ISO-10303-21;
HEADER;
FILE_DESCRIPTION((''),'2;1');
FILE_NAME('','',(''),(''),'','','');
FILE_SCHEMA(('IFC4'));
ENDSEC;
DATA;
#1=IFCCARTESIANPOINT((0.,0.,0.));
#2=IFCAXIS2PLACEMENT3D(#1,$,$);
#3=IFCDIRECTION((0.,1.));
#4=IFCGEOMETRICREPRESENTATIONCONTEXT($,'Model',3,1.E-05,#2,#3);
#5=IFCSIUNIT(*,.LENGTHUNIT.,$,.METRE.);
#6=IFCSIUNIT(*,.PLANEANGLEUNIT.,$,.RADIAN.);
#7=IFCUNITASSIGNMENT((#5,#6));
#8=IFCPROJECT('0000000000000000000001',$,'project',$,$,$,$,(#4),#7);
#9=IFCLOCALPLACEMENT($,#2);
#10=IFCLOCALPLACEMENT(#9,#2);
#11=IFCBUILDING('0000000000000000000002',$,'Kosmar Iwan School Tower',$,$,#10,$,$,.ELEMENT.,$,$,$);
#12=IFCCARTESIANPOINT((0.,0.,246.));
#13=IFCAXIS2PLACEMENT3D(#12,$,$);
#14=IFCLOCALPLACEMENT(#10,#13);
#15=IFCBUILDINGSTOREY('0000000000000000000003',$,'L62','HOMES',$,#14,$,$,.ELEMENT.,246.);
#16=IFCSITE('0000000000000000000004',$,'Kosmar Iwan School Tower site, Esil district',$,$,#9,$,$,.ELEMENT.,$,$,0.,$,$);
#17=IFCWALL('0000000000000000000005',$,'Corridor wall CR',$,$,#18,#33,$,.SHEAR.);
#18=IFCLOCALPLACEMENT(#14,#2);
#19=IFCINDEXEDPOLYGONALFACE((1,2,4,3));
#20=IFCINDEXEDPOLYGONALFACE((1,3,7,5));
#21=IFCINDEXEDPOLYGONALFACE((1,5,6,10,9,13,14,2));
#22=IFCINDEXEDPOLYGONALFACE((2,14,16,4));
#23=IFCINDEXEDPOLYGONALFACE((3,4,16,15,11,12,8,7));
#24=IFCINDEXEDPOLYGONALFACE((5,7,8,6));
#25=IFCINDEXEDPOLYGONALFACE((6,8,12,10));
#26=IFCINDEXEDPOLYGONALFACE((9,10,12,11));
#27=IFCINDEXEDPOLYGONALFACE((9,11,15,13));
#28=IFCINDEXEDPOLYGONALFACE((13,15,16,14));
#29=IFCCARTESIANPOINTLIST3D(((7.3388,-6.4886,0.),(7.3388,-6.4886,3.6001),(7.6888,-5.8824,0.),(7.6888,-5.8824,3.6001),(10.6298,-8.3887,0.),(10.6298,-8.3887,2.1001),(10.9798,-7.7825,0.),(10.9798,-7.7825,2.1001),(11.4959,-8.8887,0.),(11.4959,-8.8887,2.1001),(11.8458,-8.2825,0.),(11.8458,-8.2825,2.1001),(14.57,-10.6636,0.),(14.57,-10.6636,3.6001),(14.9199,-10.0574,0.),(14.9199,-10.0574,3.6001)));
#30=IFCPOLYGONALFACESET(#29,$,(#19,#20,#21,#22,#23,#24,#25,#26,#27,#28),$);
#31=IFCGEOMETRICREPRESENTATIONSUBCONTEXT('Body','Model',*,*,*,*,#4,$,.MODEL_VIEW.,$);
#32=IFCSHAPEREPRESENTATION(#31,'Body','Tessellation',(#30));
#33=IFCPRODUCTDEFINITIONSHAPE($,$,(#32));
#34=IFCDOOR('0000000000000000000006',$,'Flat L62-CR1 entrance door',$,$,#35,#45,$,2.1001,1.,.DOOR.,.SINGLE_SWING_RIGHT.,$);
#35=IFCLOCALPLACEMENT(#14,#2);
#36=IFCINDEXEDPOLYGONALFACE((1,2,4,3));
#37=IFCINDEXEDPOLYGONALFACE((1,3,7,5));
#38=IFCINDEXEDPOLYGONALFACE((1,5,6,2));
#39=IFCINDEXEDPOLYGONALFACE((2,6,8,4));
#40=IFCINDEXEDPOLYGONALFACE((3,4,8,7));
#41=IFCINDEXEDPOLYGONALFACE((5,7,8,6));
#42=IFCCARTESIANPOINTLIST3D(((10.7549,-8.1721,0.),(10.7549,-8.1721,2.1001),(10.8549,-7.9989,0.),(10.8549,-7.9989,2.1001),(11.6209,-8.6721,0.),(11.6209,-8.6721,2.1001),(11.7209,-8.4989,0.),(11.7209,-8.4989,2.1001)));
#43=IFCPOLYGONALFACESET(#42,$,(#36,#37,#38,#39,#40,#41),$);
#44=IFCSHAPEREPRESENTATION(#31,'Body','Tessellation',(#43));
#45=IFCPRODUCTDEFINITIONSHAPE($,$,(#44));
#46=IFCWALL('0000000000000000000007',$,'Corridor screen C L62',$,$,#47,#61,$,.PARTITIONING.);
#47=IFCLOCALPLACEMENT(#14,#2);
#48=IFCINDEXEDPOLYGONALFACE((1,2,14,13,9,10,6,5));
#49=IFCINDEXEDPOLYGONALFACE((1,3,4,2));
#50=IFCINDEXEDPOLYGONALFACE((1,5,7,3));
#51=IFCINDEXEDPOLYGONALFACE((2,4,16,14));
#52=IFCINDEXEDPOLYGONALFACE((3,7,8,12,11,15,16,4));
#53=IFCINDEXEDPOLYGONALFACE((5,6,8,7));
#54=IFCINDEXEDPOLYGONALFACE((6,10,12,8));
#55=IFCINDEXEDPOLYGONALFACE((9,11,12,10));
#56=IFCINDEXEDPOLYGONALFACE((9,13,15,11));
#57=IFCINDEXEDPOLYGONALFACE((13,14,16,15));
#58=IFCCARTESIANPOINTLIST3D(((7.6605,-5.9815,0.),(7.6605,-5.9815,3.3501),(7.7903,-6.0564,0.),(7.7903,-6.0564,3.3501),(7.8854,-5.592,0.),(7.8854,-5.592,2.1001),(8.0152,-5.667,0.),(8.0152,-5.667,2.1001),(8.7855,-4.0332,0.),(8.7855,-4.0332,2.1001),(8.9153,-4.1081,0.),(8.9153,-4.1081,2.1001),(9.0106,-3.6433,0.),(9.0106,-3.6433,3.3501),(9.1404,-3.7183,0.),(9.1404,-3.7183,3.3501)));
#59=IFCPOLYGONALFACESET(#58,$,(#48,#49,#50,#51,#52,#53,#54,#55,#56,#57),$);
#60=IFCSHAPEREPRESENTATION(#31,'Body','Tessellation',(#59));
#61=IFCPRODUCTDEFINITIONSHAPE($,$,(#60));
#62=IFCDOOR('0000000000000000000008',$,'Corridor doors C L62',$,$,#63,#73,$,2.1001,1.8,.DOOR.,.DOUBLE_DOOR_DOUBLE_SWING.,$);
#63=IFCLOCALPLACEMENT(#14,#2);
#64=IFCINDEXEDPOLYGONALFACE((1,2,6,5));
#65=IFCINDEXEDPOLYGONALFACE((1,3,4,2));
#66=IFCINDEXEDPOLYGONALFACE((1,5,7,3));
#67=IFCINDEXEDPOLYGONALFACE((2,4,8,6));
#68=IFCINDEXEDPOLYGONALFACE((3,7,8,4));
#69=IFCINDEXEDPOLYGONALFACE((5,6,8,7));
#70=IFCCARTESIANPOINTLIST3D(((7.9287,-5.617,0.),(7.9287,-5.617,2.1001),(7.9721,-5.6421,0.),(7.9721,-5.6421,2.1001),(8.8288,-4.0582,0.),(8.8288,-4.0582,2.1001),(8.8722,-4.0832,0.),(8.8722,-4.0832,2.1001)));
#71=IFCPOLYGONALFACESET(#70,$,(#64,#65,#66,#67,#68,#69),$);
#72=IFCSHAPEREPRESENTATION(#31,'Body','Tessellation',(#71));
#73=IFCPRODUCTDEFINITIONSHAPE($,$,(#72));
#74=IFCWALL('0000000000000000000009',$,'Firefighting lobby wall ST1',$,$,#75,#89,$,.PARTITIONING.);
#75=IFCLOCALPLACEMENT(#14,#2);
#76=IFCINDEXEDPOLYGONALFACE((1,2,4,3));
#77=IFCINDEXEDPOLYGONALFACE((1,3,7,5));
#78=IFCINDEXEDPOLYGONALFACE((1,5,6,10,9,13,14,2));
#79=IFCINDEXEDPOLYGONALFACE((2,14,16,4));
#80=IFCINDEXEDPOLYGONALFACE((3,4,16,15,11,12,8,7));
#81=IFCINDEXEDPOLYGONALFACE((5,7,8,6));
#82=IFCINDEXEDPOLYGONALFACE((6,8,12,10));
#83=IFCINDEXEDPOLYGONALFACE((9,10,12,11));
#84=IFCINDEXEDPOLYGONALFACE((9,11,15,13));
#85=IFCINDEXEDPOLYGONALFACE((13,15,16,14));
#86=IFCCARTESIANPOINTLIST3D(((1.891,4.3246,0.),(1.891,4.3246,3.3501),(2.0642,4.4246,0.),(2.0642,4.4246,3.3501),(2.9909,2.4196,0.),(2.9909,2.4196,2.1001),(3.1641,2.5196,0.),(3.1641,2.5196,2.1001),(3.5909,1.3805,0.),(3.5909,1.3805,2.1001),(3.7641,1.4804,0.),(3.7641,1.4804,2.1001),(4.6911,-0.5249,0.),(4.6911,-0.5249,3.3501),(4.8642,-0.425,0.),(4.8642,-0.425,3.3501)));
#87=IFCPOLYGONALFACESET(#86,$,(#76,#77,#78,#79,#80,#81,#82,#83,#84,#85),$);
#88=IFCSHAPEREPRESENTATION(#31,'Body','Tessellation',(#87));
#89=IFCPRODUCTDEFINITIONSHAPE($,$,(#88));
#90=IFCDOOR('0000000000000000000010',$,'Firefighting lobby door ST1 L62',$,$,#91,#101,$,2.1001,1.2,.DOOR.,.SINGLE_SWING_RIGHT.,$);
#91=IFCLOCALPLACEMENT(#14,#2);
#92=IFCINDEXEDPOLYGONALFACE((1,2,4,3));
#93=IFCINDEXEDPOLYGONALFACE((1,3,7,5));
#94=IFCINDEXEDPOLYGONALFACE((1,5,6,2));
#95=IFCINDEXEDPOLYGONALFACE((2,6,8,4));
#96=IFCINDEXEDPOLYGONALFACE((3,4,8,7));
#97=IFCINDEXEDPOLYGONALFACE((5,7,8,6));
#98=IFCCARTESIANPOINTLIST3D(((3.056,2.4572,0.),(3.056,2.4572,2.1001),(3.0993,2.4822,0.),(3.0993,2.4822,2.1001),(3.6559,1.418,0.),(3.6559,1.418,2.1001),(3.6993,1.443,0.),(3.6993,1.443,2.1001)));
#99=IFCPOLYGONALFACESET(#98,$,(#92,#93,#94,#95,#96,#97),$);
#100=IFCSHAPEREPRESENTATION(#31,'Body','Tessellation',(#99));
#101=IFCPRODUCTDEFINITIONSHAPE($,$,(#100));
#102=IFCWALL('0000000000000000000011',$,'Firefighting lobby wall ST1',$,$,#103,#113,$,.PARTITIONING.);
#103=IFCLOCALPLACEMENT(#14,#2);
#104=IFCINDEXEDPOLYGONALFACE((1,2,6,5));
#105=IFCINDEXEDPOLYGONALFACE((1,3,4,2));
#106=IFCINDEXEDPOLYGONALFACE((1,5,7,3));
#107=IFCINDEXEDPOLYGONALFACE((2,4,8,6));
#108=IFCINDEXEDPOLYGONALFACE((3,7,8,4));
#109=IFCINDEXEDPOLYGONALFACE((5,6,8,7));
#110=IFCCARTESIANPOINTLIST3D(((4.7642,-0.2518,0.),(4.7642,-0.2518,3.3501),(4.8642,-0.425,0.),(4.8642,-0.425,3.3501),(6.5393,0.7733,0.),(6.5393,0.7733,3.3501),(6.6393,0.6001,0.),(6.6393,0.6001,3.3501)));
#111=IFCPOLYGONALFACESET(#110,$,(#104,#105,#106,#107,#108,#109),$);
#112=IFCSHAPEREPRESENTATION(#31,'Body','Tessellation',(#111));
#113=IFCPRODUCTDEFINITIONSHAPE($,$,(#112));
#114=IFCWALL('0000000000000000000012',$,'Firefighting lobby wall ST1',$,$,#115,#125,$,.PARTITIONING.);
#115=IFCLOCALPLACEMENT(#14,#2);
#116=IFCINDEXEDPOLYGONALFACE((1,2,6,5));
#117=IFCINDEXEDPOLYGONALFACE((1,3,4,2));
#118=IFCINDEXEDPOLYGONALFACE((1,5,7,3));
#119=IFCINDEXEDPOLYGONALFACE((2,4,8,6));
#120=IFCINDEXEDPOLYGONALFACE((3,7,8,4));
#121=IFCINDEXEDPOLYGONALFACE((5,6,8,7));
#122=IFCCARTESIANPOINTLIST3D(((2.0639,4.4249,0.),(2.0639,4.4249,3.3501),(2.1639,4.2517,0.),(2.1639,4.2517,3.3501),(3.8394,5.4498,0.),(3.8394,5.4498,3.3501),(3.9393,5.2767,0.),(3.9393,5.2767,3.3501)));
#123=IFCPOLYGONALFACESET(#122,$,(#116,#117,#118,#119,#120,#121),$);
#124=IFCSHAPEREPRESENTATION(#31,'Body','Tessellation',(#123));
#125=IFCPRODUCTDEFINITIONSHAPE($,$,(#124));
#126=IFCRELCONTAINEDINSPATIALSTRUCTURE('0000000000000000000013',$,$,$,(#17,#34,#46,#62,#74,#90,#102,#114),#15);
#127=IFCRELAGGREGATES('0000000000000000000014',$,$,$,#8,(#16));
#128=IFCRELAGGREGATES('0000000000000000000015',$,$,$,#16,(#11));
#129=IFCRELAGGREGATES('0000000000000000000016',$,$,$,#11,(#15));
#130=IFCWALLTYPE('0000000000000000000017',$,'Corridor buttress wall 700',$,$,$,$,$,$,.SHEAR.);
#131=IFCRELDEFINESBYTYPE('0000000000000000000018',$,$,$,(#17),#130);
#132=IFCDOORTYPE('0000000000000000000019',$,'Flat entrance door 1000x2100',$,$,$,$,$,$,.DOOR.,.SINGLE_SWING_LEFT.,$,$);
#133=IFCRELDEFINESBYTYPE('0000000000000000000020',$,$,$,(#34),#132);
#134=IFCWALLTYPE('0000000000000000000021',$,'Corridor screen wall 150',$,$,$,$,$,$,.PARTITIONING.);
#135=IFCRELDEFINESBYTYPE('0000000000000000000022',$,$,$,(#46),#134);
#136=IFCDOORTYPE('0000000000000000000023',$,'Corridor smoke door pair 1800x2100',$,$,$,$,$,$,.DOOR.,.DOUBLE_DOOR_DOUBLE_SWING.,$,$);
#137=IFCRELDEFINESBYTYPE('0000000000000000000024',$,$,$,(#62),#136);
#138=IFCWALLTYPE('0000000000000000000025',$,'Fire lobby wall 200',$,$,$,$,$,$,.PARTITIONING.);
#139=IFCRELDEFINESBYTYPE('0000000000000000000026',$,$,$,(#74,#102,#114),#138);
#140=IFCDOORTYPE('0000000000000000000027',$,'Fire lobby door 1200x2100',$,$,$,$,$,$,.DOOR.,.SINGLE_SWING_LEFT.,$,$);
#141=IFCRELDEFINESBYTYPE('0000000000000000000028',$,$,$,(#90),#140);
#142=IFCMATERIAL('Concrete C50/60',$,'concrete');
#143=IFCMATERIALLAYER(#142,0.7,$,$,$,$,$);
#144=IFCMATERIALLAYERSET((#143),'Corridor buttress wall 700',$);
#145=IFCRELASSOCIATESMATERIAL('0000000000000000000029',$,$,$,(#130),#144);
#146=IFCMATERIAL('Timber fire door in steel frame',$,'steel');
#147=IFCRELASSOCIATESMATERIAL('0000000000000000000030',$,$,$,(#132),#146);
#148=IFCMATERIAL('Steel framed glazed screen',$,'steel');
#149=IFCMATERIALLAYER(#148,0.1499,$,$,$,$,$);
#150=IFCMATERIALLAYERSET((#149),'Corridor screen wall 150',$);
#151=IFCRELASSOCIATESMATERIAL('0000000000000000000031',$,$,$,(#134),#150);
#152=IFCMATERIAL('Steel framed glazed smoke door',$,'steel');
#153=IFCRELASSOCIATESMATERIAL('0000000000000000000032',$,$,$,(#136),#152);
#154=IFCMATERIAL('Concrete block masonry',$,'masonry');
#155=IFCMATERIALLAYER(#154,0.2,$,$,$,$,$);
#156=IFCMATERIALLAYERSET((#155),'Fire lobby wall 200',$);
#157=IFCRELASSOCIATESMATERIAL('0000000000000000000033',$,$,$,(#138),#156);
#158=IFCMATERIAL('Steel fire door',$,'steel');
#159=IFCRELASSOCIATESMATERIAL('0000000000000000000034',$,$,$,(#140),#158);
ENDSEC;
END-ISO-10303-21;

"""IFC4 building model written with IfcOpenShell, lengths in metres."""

from ifc_helpers import new_model, si_unit, direction, frame, frame_2d, origin, place, context, subcontext, project, spatial, rectangle, extrude, material, layer, layer_set, type_object, element, fill, save


model = new_model("IFC4")

# Units and contexts
model_context = context("Model", 3, precision=1e-05, world=origin(), true_north=direction((0.0, 1.0)))
body_context = subcontext(model_context, "Body", "Model", "MODEL_VIEW")
ifc_project = project(units=[si_unit("LENGTHUNIT", "METRE"), si_unit("PLANEANGLEUNIT", "RADIAN")], contexts=[model_context])

# Site, building, storey
site_placement = place(None, origin())
site = spatial("IfcSite", under=ifc_project, at=site_placement, Name="Kosmar Iwan School Tower site, Esil district", CompositionType="ELEMENT", RefElevation=0.0)
building_placement = place(site_placement, origin())
building = spatial("IfcBuilding", under=site, at=building_placement, Name="Kosmar Iwan School Tower", CompositionType="ELEMENT")
storey_placement = place(building_placement, frame((0.0, 0.0, 246.0)))
storey = spatial("IfcBuildingStorey", under=building, at=storey_placement, Name="L62", Description="HOMES", CompositionType="ELEMENT", Elevation=246.0)

# Walls, openings, doors
ifc_material_1 = material(Name="Concrete C50/60", Category="concrete")
ifc_layer_1 = layer(ifc_material_1, 0.7)
ifc_layer_set_1 = layer_set([ifc_layer_1], Name="Corridor buttress wall 700")
wall_type_1 = type_object("IfcWallType", Name="Corridor buttress wall 700", PredefinedType="SHEAR", material=ifc_layer_set_1)
wall_1_placement = place(storey_placement, frame((7.5139, -6.1855, 0.0), z_axis=(0.0, 0.0, 1.0), x_axis=(0.86602, -0.50001, 0.0)))
wall_1 = element("IfcWall", 1, at=wall_1_placement, inside=storey, type_object=wall_type_1, Name="Corridor wall CR", PredefinedType="SHEAR", context=body_context, shape_type="SweptSolid", body=[
    extrude(rectangle(XDim=8.3499, YDim=0.7, at=frame_2d((4.1748, 0.0))), origin(), (0.0, 0.0, 1.0), 3.6001),
])
opening_1_placement = place(wall_1_placement, frame((3.8, 0.0, 0.0)))
opening_1 = element("IfcOpeningElement", 2, at=opening_1_placement, cuts=wall_1, PredefinedType="OPENING", context=body_context, shape_type="SweptSolid", body=[
    extrude(rectangle(XDim=1.0, YDim=2.1001, at=frame_2d((0.5, 1.05))), frame((0.0, 0.3621, 0.0), z_axis=(0.0, -1.0, 0.0), x_axis=(1.0, 0.0, 0.0)), (0.0, 0.0, 1.0), 0.7239),
])
ifc_material_2 = material(Name="Timber fire door in steel frame", Category="steel")
door_type_1 = type_object("IfcDoorType", Name="Flat entrance door 1000x2100", OperationType="SINGLE_SWING_LEFT", PredefinedType="DOOR", material=ifc_material_2)
door_1_placement = place(opening_1_placement, origin())
door_1 = element("IfcDoor", 3, at=door_1_placement, inside=storey, type_object=door_type_1, Name="Flat L62-CR1 entrance door", OperationType="SINGLE_SWING_RIGHT", OverallHeight=2.1001, OverallWidth=1.0, PredefinedType="DOOR", context=body_context, shape_type="SweptSolid", body=[
    extrude(rectangle(XDim=1.0, YDim=2.1001, at=frame_2d((0.5, 1.05))), frame((0.0, 0.1001, 0.0), z_axis=(0.0, -1.0, 0.0), x_axis=(1.0, 0.0, 0.0)), (0.0, 0.0, 1.0), 0.2),
])
fill(opening_1, door_1)
ifc_material_3 = material(Name="Steel framed glazed screen", Category="steel")
ifc_layer_2 = layer(ifc_material_3, 0.1499)
ifc_layer_set_2 = layer_set([ifc_layer_2], Name="Corridor screen wall 150")
wall_type_2 = type_object("IfcWallType", Name="Corridor screen wall 150", PredefinedType="PARTITIONING", material=ifc_layer_set_2)
wall_2_placement = place(storey_placement, frame((7.7253, -6.019, 0.0), z_axis=(0.0, 0.0, 1.0), x_axis=(0.500049, 0.865997, 0.0)))
wall_2 = element("IfcWall", 4, at=wall_2_placement, inside=storey, type_object=wall_type_2, Name="Corridor screen C L62", PredefinedType="PARTITIONING", context=body_context, shape_type="SweptSolid", body=[
    extrude(rectangle(XDim=2.7, YDim=0.1499, at=frame_2d((1.3501, 0.0))), origin(), (0.0, 0.0, 1.0), 3.3501),
])
opening_2_placement = place(wall_2_placement, frame((0.45, 0.0, 0.0)))
opening_2 = element("IfcOpeningElement", 5, at=opening_2_placement, cuts=wall_2, PredefinedType="OPENING", context=body_context, shape_type="SweptSolid", body=[
    extrude(rectangle(XDim=1.8, YDim=2.1001, at=frame_2d((0.8999, 1.05))), frame((0.0, 0.0869, 0.0), z_axis=(0.0, -1.0, 0.0), x_axis=(1.0, 0.0, 0.0)), (0.0, 0.0, 1.0), 0.1738),
])
ifc_material_4 = material(Name="Steel framed glazed smoke door", Category="steel")
door_type_2 = type_object("IfcDoorType", Name="Corridor smoke door pair 1800x2100", OperationType="DOUBLE_DOOR_DOUBLE_SWING", PredefinedType="DOOR", material=ifc_material_4)
door_2_placement = place(opening_2_placement, origin())
door_2 = element("IfcDoor", 6, at=door_2_placement, inside=storey, type_object=door_type_2, Name="Corridor doors C L62", OperationType="DOUBLE_DOOR_DOUBLE_SWING", OverallHeight=2.1001, OverallWidth=1.8, PredefinedType="DOOR", context=body_context, shape_type="SweptSolid", body=[
    extrude(rectangle(XDim=1.8, YDim=2.1001, at=frame_2d((0.8999, 1.05))), frame((0.0, 0.0249, 0.0), z_axis=(0.0, -1.0, 0.0), x_axis=(1.0, 0.0, 0.0)), (0.0, 0.0, 1.0), 0.05),
])
fill(opening_2, door_2)
ifc_material_5 = material(Name="Concrete block masonry", Category="masonry")
ifc_layer_3 = layer(ifc_material_5, 0.2)
ifc_layer_set_3 = layer_set([ifc_layer_3], Name="Fire lobby wall 200")
wall_type_3 = type_object("IfcWallType", Name="Fire lobby wall 200", PredefinedType="PARTITIONING", material=ifc_layer_set_3)
wall_3_placement = place(storey_placement, frame((4.7776, -0.4749, 0.0), z_axis=(0.0, 0.0, 1.0), x_axis=(-0.500017, 0.866016, 0.0)))
wall_3 = element("IfcWall", 7, at=wall_3_placement, inside=storey, type_object=wall_type_3, Name="Firefighting lobby wall ST1", PredefinedType="PARTITIONING", context=body_context, shape_type="SweptSolid", body=[
    extrude(rectangle(XDim=5.5999, YDim=0.2, at=frame_2d((2.7998, 0.0))), origin(), (0.0, 0.0, 1.0), 3.3501),
])
opening_3_placement = place(wall_3_placement, frame((2.2, 0.0, 0.0)))
opening_3 = element("IfcOpeningElement", 8, at=opening_3_placement, cuts=wall_3, PredefinedType="OPENING", context=body_context, shape_type="SweptSolid", body=[
    extrude(rectangle(XDim=1.2, YDim=2.1001, at=frame_2d((0.6001, 1.05))), frame((0.0, 0.1121, 0.0), z_axis=(0.0, -1.0, 0.0), x_axis=(1.0, 0.0, 0.0)), (0.0, 0.0, 1.0), 0.2239),
])
ifc_material_6 = material(Name="Steel fire door", Category="steel")
door_type_3 = type_object("IfcDoorType", Name="Fire lobby door 1200x2100", OperationType="SINGLE_SWING_LEFT", PredefinedType="DOOR", material=ifc_material_6)
door_3_placement = place(opening_3_placement, origin())
door_3 = element("IfcDoor", 9, at=door_3_placement, inside=storey, type_object=door_type_3, Name="Firefighting lobby door ST1 L62", OperationType="SINGLE_SWING_RIGHT", OverallHeight=2.1001, OverallWidth=1.2, PredefinedType="DOOR", context=body_context, shape_type="SweptSolid", body=[
    extrude(rectangle(XDim=1.2, YDim=2.1001, at=frame_2d((0.6001, 1.05))), frame((0.0, 0.0249, 0.0), z_axis=(0.0, -1.0, 0.0), x_axis=(1.0, 0.0, 0.0)), (0.0, 0.0, 1.0), 0.05),
])
fill(opening_3, door_3)

# Walls
wall_4_placement = place(storey_placement, frame((4.8142, -0.3384, 0.0), z_axis=(0.0, 0.0, 1.0), x_axis=(0.865969, 0.500097, 0.0)))
element("IfcWall", 10, at=wall_4_placement, inside=storey, type_object=wall_type_3, Name="Firefighting lobby wall ST1", PredefinedType="PARTITIONING", context=body_context, shape_type="SweptSolid", body=[
    extrude(rectangle(XDim=2.0498, YDim=0.2, at=frame_2d((1.0249, 0.0))), origin(), (0.0, 0.0, 1.0), 3.3501),
])
wall_5_placement = place(storey_placement, frame((2.114, 4.3384, 0.0), z_axis=(0.0, 0.0, 1.0), x_axis=(0.866051, 0.499956, 0.0)))
element("IfcWall", 11, at=wall_5_placement, inside=storey, type_object=wall_type_3, Name="Firefighting lobby wall ST1", PredefinedType="PARTITIONING", context=body_context, shape_type="SweptSolid", body=[
    extrude(rectangle(XDim=2.05, YDim=0.2, at=frame_2d((1.0249, 0.0))), origin(), (0.0, 0.0, 1.0), 3.3501),
])

save(model, "model.ifc")
